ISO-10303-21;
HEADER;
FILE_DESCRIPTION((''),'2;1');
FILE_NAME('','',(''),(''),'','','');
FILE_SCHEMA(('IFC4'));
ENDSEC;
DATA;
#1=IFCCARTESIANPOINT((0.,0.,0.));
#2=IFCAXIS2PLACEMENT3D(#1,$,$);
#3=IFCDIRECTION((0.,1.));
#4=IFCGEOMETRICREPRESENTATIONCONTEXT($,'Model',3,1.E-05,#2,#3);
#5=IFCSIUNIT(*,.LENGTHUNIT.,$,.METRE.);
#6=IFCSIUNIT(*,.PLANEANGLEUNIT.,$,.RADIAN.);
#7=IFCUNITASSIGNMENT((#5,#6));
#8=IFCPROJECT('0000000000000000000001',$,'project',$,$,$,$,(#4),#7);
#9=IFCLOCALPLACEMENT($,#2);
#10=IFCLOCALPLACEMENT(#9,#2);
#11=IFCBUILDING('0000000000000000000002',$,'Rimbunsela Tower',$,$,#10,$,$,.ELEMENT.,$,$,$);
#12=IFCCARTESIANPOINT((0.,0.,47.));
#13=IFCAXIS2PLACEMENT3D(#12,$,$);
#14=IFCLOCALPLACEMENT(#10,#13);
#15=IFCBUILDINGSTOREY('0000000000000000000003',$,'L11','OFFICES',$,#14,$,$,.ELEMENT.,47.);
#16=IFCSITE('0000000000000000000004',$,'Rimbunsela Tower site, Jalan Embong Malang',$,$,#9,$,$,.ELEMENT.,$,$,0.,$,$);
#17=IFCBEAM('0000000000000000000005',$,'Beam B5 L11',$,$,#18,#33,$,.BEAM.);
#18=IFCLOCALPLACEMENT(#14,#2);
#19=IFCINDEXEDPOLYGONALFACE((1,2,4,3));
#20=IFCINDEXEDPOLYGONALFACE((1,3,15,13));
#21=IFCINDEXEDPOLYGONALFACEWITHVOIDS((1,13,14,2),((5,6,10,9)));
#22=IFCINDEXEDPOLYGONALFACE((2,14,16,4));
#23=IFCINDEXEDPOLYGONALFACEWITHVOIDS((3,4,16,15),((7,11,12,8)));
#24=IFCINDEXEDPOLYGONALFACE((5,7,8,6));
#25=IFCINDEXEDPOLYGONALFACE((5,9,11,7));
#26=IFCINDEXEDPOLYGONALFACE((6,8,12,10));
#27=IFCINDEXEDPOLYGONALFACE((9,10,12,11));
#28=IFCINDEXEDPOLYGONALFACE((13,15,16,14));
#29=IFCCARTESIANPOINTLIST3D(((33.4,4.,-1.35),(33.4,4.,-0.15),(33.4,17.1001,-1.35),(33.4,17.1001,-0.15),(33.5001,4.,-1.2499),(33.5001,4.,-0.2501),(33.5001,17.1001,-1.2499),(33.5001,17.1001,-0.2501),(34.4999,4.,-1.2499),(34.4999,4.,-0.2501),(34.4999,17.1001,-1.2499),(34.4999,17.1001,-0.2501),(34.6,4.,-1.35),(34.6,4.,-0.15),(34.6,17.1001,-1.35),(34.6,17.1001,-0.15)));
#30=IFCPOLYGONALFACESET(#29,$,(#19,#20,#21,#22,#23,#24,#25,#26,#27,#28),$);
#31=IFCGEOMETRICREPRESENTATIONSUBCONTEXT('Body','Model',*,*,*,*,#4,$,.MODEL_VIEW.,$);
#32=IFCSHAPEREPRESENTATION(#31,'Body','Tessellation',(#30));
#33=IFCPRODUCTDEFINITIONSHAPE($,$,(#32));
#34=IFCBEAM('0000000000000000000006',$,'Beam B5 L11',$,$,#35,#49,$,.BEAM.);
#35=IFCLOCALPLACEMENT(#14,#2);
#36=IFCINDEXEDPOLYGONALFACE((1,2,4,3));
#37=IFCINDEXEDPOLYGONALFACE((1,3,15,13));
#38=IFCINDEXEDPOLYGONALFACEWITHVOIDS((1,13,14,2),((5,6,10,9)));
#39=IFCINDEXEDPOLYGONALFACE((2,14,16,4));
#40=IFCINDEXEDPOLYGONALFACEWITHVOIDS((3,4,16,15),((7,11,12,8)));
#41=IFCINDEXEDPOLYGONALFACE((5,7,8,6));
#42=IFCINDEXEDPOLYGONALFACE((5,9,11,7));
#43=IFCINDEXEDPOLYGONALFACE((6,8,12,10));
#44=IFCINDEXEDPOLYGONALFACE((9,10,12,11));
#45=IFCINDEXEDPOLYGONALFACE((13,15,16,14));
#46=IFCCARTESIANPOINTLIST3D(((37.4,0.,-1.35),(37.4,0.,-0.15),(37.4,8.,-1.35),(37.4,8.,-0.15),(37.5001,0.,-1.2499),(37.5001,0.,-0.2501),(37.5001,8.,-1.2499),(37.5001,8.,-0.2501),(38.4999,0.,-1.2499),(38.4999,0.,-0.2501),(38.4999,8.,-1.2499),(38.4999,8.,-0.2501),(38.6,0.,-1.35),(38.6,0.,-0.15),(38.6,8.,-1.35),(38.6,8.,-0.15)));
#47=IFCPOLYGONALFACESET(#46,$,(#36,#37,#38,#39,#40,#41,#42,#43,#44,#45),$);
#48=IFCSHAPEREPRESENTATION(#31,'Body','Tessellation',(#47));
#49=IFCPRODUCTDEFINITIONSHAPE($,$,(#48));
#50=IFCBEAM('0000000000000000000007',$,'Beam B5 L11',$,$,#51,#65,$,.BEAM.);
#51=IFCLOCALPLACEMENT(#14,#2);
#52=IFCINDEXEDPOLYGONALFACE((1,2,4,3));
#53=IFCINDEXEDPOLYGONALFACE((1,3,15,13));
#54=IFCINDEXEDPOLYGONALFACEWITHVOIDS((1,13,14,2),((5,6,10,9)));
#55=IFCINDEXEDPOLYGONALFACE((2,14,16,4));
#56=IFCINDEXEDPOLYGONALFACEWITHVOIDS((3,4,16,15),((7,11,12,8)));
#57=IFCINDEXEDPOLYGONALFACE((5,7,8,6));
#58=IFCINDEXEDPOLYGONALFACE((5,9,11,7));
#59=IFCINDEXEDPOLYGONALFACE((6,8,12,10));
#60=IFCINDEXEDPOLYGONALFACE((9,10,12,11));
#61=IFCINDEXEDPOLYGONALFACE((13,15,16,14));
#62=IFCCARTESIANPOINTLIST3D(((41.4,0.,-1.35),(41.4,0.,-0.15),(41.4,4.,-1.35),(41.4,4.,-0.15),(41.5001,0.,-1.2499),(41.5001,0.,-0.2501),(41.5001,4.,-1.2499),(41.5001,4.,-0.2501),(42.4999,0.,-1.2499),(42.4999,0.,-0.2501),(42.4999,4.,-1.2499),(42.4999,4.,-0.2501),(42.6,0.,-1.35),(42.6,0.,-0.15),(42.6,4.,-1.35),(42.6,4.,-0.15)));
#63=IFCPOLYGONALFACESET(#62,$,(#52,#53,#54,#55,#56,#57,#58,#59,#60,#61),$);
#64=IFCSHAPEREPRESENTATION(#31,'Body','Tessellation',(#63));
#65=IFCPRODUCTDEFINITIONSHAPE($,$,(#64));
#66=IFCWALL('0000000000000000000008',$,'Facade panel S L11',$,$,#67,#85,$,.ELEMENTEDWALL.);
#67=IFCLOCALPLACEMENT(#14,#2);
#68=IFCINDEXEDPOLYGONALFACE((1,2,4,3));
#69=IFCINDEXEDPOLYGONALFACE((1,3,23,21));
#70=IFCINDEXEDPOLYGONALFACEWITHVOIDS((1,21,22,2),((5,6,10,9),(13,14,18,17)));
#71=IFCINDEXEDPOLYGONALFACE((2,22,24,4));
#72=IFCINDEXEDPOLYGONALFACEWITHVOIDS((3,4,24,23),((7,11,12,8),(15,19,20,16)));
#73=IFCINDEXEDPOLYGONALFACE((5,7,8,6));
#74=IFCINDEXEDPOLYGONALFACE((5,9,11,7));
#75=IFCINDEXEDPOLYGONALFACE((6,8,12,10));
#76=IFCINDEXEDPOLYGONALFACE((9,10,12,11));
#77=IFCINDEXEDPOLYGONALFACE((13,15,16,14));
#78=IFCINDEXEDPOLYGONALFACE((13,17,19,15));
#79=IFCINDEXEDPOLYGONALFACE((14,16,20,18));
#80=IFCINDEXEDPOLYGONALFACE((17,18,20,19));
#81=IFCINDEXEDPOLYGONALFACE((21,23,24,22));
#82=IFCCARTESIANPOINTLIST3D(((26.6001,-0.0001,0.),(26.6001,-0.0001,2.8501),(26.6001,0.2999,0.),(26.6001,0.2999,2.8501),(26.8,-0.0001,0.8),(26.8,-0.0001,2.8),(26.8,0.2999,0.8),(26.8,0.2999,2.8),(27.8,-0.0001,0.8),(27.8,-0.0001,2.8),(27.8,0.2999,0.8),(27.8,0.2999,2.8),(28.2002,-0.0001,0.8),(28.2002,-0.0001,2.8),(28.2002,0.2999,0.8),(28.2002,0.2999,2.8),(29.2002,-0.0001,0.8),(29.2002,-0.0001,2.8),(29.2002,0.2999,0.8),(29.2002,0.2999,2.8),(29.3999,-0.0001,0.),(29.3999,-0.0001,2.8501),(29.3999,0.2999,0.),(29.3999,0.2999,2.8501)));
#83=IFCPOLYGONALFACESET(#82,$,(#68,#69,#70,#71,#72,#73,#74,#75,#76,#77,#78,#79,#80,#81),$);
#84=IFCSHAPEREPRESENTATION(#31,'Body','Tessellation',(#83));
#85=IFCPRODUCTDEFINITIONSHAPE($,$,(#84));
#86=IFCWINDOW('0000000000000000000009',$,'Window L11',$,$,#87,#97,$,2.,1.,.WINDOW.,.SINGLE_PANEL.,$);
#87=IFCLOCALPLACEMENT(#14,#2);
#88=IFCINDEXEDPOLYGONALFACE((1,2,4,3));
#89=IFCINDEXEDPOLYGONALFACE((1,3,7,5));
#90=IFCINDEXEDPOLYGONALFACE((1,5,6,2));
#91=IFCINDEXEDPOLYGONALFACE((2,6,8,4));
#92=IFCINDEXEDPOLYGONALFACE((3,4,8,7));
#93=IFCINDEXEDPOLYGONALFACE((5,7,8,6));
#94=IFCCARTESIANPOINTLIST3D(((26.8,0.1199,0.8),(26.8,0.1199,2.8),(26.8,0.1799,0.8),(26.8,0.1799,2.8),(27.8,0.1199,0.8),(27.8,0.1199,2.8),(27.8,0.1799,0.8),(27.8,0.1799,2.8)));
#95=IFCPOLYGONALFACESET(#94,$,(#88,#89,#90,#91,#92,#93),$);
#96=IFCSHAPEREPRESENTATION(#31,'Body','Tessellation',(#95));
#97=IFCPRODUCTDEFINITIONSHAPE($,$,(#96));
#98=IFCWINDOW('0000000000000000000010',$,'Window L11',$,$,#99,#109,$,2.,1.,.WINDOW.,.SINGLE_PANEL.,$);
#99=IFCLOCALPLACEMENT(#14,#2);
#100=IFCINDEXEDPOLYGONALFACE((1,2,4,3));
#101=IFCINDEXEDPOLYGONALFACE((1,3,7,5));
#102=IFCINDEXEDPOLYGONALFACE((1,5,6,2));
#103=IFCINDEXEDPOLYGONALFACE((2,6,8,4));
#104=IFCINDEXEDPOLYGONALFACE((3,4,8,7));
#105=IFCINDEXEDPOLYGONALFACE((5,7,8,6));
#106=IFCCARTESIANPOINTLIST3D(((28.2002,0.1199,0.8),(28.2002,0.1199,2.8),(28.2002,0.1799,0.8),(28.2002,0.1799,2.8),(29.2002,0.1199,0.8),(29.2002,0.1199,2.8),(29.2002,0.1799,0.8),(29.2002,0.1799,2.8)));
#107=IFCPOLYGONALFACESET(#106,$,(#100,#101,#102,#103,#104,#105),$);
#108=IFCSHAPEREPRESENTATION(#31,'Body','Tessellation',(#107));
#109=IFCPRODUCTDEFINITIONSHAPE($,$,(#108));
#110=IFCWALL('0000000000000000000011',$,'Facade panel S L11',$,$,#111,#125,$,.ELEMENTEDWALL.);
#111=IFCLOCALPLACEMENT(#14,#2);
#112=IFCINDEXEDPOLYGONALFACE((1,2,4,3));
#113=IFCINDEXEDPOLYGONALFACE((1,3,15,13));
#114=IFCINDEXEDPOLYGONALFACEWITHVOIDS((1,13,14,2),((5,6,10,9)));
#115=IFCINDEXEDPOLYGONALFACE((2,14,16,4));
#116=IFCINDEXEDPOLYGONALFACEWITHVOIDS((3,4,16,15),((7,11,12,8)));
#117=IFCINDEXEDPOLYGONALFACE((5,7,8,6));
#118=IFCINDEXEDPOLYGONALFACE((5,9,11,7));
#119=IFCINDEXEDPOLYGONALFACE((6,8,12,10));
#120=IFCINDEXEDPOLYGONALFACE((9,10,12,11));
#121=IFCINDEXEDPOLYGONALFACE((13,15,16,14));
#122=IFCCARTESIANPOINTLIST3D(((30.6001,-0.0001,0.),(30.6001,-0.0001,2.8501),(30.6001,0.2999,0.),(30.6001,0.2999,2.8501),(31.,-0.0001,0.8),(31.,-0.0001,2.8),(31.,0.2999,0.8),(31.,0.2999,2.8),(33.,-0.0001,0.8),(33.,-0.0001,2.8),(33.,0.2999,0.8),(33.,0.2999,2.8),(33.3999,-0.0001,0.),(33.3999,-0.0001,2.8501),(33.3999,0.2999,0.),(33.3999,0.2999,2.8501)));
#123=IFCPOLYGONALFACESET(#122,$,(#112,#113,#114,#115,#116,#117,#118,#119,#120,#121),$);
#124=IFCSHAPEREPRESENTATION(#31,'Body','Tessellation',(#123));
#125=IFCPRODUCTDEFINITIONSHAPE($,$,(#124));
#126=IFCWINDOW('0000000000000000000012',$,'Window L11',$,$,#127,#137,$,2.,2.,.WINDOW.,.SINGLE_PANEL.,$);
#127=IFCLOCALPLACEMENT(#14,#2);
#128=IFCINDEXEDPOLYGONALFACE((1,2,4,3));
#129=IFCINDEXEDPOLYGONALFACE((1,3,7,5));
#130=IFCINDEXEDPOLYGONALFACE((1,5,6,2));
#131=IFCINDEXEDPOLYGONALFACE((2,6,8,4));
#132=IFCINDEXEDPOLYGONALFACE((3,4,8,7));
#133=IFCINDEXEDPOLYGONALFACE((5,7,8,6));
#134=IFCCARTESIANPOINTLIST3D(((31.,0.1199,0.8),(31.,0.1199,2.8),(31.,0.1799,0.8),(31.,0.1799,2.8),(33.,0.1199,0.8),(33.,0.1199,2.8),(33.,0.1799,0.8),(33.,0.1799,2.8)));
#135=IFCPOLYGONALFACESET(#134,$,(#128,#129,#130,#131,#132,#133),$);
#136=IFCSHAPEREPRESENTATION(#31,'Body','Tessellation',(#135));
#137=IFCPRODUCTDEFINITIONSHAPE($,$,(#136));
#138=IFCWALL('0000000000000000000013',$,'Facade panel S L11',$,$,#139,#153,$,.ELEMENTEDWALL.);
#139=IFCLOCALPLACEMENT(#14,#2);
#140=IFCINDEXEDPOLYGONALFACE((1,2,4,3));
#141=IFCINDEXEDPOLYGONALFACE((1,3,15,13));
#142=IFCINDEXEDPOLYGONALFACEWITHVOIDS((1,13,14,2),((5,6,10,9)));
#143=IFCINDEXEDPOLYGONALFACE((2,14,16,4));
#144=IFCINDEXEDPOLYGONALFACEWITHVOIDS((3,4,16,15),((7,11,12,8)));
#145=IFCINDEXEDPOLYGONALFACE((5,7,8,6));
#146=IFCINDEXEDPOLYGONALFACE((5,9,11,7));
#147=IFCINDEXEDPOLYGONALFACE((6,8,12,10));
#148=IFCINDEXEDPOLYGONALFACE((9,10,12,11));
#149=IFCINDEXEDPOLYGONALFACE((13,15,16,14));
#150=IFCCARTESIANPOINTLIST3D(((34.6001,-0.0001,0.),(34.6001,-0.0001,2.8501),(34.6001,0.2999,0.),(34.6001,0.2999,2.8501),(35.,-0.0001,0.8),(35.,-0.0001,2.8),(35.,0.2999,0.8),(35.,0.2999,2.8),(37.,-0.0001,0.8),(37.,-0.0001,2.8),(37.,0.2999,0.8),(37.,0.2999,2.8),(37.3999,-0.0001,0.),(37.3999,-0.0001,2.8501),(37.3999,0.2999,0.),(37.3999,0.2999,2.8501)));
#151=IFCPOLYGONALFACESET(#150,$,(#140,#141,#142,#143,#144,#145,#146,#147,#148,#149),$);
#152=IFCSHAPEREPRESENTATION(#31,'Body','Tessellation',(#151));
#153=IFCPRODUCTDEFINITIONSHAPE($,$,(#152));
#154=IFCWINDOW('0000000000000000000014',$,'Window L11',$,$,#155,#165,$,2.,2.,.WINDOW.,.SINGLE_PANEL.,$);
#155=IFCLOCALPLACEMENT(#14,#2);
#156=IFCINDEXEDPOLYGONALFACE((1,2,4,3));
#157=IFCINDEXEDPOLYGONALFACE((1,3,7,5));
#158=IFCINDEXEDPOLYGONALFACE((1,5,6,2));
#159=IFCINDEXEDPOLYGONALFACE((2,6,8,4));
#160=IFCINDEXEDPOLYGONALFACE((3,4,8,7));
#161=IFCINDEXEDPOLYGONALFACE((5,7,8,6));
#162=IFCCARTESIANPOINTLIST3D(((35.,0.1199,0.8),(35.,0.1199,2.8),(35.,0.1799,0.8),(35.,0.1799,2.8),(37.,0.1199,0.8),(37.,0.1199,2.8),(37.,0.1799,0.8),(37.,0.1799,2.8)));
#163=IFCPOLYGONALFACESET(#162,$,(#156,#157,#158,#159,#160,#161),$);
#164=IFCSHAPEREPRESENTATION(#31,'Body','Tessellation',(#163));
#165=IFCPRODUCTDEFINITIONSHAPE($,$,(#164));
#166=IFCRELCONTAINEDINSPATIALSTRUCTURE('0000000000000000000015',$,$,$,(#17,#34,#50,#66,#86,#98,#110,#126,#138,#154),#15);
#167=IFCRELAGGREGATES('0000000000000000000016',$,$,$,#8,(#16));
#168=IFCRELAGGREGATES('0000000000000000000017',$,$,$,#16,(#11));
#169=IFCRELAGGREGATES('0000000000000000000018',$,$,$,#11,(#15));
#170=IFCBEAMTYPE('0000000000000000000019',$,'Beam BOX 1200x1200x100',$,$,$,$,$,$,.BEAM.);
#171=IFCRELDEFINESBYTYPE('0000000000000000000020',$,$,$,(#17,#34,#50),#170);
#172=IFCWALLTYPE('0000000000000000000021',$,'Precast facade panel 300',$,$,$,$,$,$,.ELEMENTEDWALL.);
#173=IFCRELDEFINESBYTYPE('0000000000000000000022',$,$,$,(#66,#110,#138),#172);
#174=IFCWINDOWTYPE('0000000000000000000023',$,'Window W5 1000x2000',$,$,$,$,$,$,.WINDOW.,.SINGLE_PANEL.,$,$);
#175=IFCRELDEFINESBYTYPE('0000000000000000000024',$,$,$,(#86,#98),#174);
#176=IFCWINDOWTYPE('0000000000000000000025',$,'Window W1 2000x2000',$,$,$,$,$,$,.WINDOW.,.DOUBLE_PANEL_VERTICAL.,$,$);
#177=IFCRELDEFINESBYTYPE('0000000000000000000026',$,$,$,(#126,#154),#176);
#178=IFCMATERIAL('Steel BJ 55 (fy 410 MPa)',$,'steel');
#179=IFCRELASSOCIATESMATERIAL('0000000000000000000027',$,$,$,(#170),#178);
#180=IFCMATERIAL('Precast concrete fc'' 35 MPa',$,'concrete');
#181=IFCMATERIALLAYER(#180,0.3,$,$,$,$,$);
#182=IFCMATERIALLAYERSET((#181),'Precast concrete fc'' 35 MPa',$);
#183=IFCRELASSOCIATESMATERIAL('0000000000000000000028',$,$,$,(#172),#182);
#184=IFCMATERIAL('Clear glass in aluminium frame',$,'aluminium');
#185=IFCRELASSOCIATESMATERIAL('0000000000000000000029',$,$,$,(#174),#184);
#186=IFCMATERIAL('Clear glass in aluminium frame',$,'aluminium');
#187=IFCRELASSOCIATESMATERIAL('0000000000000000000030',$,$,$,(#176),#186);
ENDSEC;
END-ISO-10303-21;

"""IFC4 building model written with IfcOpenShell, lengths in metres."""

from ifc_helpers import new_model, si_unit, direction, frame, frame_2d, origin, origin_2d, place, context, subcontext, project, spatial, rectangle, hollow_rectangle, extrude, material, layer, layer_set, material_profile, profile_set, type_object, element, fill, save


model = new_model("IFC4")

# Units and contexts
model_context = context("Model", 3, precision=1e-05, world=origin(), true_north=direction((0.0, 1.0)))
body_context = subcontext(model_context, "Body", "Model", "MODEL_VIEW")
ifc_project = project(units=[si_unit("LENGTHUNIT", "METRE"), si_unit("PLANEANGLEUNIT", "RADIAN")], contexts=[model_context])

# Site, building, storey
site_placement = place(None, origin())
site = spatial("IfcSite", under=ifc_project, at=site_placement, Name="Rimbunsela Tower site, Jalan Embong Malang", CompositionType="ELEMENT", RefElevation=0.0)
building_placement = place(site_placement, origin())
building = spatial("IfcBuilding", under=site, at=building_placement, Name="Rimbunsela Tower", CompositionType="ELEMENT")
storey_placement = place(building_placement, frame((0.0, 0.0, 47.0)))
storey = spatial("IfcBuildingStorey", under=building, at=storey_placement, Name="L11", Description="OFFICES", CompositionType="ELEMENT", Elevation=47.0)

# Beams
ifc_material_1 = material(Name="Steel BJ 55 (fy 410 MPa)", Category="steel")
ifc_material_profile_1 = material_profile(ifc_material_1, hollow_rectangle(XDim=1.2, YDim=1.2, WallThickness=0.1001, at=origin_2d()), Name="BOX 1200x1200x100")
ifc_profile_set_1 = profile_set([ifc_material_profile_1], Name="Steel BJ 55 (fy 410 MPa)")
beam_type = type_object("IfcBeamType", Name="Beam BOX 1200x1200x100", PredefinedType="BEAM", material=ifc_profile_set_1)
beam_1_placement = place(storey_placement, frame((34.0, 4.0, -0.75), z_axis=(0.0, 1.0, 0.0), x_axis=(-1.0, 0.0, 0.0)))
element("IfcBeam", 1, at=beam_1_placement, inside=storey, type_object=beam_type, Name="Beam B5 L11", PredefinedType="BEAM", context=body_context, shape_type="SweptSolid", body=[
    extrude(hollow_rectangle(XDim=1.2, YDim=1.2, WallThickness=0.1001, at=origin_2d()), origin(), (0.0, 0.0, 1.0), 13.1001),
])
beam_2_placement = place(storey_placement, frame((38.0, 0.0, -0.75), z_axis=(0.0, 1.0, 0.0), x_axis=(-1.0, 0.0, 0.0)))
element("IfcBeam", 2, at=beam_2_placement, inside=storey, type_object=beam_type, Name="Beam B5 L11", PredefinedType="BEAM", context=body_context, shape_type="SweptSolid", body=[
    extrude(hollow_rectangle(XDim=1.2, YDim=1.2, WallThickness=0.1001, at=origin_2d()), origin(), (0.0, 0.0, 1.0), 8.0),
])
beam_3_placement = place(storey_placement, frame((42.0, 0.0, -0.75), z_axis=(0.0, 1.0, 0.0), x_axis=(-1.0, 0.0, 0.0)))
element("IfcBeam", 3, at=beam_3_placement, inside=storey, type_object=beam_type, Name="Beam B5 L11", PredefinedType="BEAM", context=body_context, shape_type="SweptSolid", body=[
    extrude(hollow_rectangle(XDim=1.2, YDim=1.2, WallThickness=0.1001, at=origin_2d()), origin(), (0.0, 0.0, 1.0), 4.0),
])

# Wall, openings, windows
ifc_material_2 = material(Name="Precast concrete fc' 35 MPa", Category="concrete")
ifc_layer_1 = layer(ifc_material_2, 0.3)
ifc_layer_set_1 = layer_set([ifc_layer_1], Name="Precast concrete fc' 35 MPa")
wall_type_1 = type_object("IfcWallType", Name="Precast facade panel 300", PredefinedType="ELEMENTEDWALL", material=ifc_layer_set_1)
wall_1_placement = place(storey_placement, frame((26.6001, 0.1499, 0.0), z_axis=(0.0, 0.0, 1.0), x_axis=(1.0, 0.0, 0.0)))
wall_1 = element("IfcWall", 4, at=wall_1_placement, inside=storey, type_object=wall_type_1, Name="Facade panel S L11", PredefinedType="ELEMENTEDWALL", context=body_context, shape_type="SweptSolid", body=[
    extrude(rectangle(XDim=2.7998, YDim=0.3, at=frame_2d((1.3999, 0.0))), origin(), (0.0, 0.0, 1.0), 2.8501),
])
opening_1_placement = place(wall_1_placement, frame((0.2, 0.0, 0.8)))
opening_1 = element("IfcOpeningElement", 5, at=opening_1_placement, cuts=wall_1, PredefinedType="OPENING", context=body_context, shape_type="SweptSolid", body=[
    extrude(rectangle(XDim=1.0, YDim=2.0, at=frame_2d((0.5, 1.0))), frame((0.0, 0.1599, 0.0), z_axis=(0.0, -1.0, 0.0), x_axis=(1.0, 0.0, 0.0)), (0.0, 0.0, 1.0), 0.3201),
])
opening_2_placement = place(wall_1_placement, frame((1.6001, 0.0, 0.8)))
opening_2 = element("IfcOpeningElement", 6, at=opening_2_placement, cuts=wall_1, PredefinedType="OPENING", context=body_context, shape_type="SweptSolid", body=[
    extrude(rectangle(XDim=1.0, YDim=2.0, at=frame_2d((0.5, 1.0))), frame((0.0, 0.1599, 0.0), z_axis=(0.0, -1.0, 0.0), x_axis=(1.0, 0.0, 0.0)), (0.0, 0.0, 1.0), 0.3201),
])
ifc_material_3 = material(Name="Clear glass in aluminium frame", Category="aluminium")
window_type_1 = type_object("IfcWindowType", Name="Window W5 1000x2000", PartitioningType="SINGLE_PANEL", PredefinedType="WINDOW", material=ifc_material_3)
window_1_placement = place(opening_1_placement, origin())
window_1 = element("IfcWindow", 7, at=window_1_placement, inside=storey, type_object=window_type_1, Name="Window L11", OverallHeight=2.0, OverallWidth=1.0, PartitioningType="SINGLE_PANEL", PredefinedType="WINDOW", context=body_context, shape_type="SweptSolid", body=[
    extrude(rectangle(XDim=1.0, YDim=2.0, at=frame_2d((0.5, 1.0))), frame((0.0, 0.03, 0.0), z_axis=(0.0, -1.0, 0.0), x_axis=(1.0, 0.0, 0.0)), (0.0, 0.0, 1.0), 0.0601),
])
fill(opening_1, window_1)
window_2_placement = place(opening_2_placement, origin())
window_2 = element("IfcWindow", 8, at=window_2_placement, inside=storey, type_object=window_type_1, Name="Window L11", OverallHeight=2.0, OverallWidth=1.0, PartitioningType="SINGLE_PANEL", PredefinedType="WINDOW", context=body_context, shape_type="SweptSolid", body=[
    extrude(rectangle(XDim=1.0, YDim=2.0, at=frame_2d((0.5, 1.0))), frame((0.0, 0.03, 0.0), z_axis=(0.0, -1.0, 0.0), x_axis=(1.0, 0.0, 0.0)), (0.0, 0.0, 1.0), 0.0601),
])
fill(opening_2, window_2)

# Walls, openings, windows
wall_2_placement = place(storey_placement, frame((30.6001, 0.1499, 0.0), z_axis=(0.0, 0.0, 1.0), x_axis=(1.0, 0.0, 0.0)))
wall_2 = element("IfcWall", 9, at=wall_2_placement, inside=storey, type_object=wall_type_1, Name="Facade panel S L11", PredefinedType="ELEMENTEDWALL", context=body_context, shape_type="SweptSolid", body=[
    extrude(rectangle(XDim=2.7998, YDim=0.3, at=frame_2d((1.3999, 0.0))), origin(), (0.0, 0.0, 1.0), 2.8501),
])
opening_3_placement = place(wall_2_placement, frame((0.3999, 0.0, 0.8)))
opening_3 = element("IfcOpeningElement", 10, at=opening_3_placement, cuts=wall_2, PredefinedType="OPENING", context=body_context, shape_type="SweptSolid", body=[
    extrude(rectangle(XDim=2.0, YDim=2.0, at=frame_2d((1.0, 1.0))), frame((0.0, 0.1599, 0.0), z_axis=(0.0, -1.0, 0.0), x_axis=(1.0, 0.0, 0.0)), (0.0, 0.0, 1.0), 0.3201),
])
ifc_material_4 = material(Name="Clear glass in aluminium frame", Category="aluminium")
window_type_2 = type_object("IfcWindowType", Name="Window W1 2000x2000", PartitioningType="DOUBLE_PANEL_VERTICAL", PredefinedType="WINDOW", material=ifc_material_4)
window_3_placement = place(opening_3_placement, origin())
window_3 = element("IfcWindow", 11, at=window_3_placement, inside=storey, type_object=window_type_2, Name="Window L11", OverallHeight=2.0, OverallWidth=2.0, PartitioningType="SINGLE_PANEL", PredefinedType="WINDOW", context=body_context, shape_type="SweptSolid", body=[
    extrude(rectangle(XDim=2.0, YDim=2.0, at=frame_2d((1.0, 1.0))), frame((0.0, 0.03, 0.0), z_axis=(0.0, -1.0, 0.0), x_axis=(1.0, 0.0, 0.0)), (0.0, 0.0, 1.0), 0.0601),
])
fill(opening_3, window_3)
wall_3_placement = place(storey_placement, frame((34.6001, 0.1499, 0.0), z_axis=(0.0, 0.0, 1.0), x_axis=(1.0, 0.0, 0.0)))
wall_3 = element("IfcWall", 12, at=wall_3_placement, inside=storey, type_object=wall_type_1, Name="Facade panel S L11", PredefinedType="ELEMENTEDWALL", context=body_context, shape_type="SweptSolid", body=[
    extrude(rectangle(XDim=2.7998, YDim=0.3, at=frame_2d((1.3999, 0.0))), origin(), (0.0, 0.0, 1.0), 2.8501),
])
opening_4_placement = place(wall_3_placement, frame((0.3999, 0.0, 0.8)))
opening_4 = element("IfcOpeningElement", 13, at=opening_4_placement, cuts=wall_3, PredefinedType="OPENING", context=body_context, shape_type="SweptSolid", body=[
    extrude(rectangle(XDim=2.0, YDim=2.0, at=frame_2d((1.0, 1.0))), frame((0.0, 0.1599, 0.0), z_axis=(0.0, -1.0, 0.0), x_axis=(1.0, 0.0, 0.0)), (0.0, 0.0, 1.0), 0.3201),
])
window_4_placement = place(opening_4_placement, origin())
window_4 = element("IfcWindow", 14, at=window_4_placement, inside=storey, type_object=window_type_2, Name="Window L11", OverallHeight=2.0, OverallWidth=2.0, PartitioningType="SINGLE_PANEL", PredefinedType="WINDOW", context=body_context, shape_type="SweptSolid", body=[
    extrude(rectangle(XDim=2.0, YDim=2.0, at=frame_2d((1.0, 1.0))), frame((0.0, 0.03, 0.0), z_axis=(0.0, -1.0, 0.0), x_axis=(1.0, 0.0, 0.0)), (0.0, 0.0, 1.0), 0.0601),
])
fill(opening_4, window_4)

save(model, "model.ifc")
